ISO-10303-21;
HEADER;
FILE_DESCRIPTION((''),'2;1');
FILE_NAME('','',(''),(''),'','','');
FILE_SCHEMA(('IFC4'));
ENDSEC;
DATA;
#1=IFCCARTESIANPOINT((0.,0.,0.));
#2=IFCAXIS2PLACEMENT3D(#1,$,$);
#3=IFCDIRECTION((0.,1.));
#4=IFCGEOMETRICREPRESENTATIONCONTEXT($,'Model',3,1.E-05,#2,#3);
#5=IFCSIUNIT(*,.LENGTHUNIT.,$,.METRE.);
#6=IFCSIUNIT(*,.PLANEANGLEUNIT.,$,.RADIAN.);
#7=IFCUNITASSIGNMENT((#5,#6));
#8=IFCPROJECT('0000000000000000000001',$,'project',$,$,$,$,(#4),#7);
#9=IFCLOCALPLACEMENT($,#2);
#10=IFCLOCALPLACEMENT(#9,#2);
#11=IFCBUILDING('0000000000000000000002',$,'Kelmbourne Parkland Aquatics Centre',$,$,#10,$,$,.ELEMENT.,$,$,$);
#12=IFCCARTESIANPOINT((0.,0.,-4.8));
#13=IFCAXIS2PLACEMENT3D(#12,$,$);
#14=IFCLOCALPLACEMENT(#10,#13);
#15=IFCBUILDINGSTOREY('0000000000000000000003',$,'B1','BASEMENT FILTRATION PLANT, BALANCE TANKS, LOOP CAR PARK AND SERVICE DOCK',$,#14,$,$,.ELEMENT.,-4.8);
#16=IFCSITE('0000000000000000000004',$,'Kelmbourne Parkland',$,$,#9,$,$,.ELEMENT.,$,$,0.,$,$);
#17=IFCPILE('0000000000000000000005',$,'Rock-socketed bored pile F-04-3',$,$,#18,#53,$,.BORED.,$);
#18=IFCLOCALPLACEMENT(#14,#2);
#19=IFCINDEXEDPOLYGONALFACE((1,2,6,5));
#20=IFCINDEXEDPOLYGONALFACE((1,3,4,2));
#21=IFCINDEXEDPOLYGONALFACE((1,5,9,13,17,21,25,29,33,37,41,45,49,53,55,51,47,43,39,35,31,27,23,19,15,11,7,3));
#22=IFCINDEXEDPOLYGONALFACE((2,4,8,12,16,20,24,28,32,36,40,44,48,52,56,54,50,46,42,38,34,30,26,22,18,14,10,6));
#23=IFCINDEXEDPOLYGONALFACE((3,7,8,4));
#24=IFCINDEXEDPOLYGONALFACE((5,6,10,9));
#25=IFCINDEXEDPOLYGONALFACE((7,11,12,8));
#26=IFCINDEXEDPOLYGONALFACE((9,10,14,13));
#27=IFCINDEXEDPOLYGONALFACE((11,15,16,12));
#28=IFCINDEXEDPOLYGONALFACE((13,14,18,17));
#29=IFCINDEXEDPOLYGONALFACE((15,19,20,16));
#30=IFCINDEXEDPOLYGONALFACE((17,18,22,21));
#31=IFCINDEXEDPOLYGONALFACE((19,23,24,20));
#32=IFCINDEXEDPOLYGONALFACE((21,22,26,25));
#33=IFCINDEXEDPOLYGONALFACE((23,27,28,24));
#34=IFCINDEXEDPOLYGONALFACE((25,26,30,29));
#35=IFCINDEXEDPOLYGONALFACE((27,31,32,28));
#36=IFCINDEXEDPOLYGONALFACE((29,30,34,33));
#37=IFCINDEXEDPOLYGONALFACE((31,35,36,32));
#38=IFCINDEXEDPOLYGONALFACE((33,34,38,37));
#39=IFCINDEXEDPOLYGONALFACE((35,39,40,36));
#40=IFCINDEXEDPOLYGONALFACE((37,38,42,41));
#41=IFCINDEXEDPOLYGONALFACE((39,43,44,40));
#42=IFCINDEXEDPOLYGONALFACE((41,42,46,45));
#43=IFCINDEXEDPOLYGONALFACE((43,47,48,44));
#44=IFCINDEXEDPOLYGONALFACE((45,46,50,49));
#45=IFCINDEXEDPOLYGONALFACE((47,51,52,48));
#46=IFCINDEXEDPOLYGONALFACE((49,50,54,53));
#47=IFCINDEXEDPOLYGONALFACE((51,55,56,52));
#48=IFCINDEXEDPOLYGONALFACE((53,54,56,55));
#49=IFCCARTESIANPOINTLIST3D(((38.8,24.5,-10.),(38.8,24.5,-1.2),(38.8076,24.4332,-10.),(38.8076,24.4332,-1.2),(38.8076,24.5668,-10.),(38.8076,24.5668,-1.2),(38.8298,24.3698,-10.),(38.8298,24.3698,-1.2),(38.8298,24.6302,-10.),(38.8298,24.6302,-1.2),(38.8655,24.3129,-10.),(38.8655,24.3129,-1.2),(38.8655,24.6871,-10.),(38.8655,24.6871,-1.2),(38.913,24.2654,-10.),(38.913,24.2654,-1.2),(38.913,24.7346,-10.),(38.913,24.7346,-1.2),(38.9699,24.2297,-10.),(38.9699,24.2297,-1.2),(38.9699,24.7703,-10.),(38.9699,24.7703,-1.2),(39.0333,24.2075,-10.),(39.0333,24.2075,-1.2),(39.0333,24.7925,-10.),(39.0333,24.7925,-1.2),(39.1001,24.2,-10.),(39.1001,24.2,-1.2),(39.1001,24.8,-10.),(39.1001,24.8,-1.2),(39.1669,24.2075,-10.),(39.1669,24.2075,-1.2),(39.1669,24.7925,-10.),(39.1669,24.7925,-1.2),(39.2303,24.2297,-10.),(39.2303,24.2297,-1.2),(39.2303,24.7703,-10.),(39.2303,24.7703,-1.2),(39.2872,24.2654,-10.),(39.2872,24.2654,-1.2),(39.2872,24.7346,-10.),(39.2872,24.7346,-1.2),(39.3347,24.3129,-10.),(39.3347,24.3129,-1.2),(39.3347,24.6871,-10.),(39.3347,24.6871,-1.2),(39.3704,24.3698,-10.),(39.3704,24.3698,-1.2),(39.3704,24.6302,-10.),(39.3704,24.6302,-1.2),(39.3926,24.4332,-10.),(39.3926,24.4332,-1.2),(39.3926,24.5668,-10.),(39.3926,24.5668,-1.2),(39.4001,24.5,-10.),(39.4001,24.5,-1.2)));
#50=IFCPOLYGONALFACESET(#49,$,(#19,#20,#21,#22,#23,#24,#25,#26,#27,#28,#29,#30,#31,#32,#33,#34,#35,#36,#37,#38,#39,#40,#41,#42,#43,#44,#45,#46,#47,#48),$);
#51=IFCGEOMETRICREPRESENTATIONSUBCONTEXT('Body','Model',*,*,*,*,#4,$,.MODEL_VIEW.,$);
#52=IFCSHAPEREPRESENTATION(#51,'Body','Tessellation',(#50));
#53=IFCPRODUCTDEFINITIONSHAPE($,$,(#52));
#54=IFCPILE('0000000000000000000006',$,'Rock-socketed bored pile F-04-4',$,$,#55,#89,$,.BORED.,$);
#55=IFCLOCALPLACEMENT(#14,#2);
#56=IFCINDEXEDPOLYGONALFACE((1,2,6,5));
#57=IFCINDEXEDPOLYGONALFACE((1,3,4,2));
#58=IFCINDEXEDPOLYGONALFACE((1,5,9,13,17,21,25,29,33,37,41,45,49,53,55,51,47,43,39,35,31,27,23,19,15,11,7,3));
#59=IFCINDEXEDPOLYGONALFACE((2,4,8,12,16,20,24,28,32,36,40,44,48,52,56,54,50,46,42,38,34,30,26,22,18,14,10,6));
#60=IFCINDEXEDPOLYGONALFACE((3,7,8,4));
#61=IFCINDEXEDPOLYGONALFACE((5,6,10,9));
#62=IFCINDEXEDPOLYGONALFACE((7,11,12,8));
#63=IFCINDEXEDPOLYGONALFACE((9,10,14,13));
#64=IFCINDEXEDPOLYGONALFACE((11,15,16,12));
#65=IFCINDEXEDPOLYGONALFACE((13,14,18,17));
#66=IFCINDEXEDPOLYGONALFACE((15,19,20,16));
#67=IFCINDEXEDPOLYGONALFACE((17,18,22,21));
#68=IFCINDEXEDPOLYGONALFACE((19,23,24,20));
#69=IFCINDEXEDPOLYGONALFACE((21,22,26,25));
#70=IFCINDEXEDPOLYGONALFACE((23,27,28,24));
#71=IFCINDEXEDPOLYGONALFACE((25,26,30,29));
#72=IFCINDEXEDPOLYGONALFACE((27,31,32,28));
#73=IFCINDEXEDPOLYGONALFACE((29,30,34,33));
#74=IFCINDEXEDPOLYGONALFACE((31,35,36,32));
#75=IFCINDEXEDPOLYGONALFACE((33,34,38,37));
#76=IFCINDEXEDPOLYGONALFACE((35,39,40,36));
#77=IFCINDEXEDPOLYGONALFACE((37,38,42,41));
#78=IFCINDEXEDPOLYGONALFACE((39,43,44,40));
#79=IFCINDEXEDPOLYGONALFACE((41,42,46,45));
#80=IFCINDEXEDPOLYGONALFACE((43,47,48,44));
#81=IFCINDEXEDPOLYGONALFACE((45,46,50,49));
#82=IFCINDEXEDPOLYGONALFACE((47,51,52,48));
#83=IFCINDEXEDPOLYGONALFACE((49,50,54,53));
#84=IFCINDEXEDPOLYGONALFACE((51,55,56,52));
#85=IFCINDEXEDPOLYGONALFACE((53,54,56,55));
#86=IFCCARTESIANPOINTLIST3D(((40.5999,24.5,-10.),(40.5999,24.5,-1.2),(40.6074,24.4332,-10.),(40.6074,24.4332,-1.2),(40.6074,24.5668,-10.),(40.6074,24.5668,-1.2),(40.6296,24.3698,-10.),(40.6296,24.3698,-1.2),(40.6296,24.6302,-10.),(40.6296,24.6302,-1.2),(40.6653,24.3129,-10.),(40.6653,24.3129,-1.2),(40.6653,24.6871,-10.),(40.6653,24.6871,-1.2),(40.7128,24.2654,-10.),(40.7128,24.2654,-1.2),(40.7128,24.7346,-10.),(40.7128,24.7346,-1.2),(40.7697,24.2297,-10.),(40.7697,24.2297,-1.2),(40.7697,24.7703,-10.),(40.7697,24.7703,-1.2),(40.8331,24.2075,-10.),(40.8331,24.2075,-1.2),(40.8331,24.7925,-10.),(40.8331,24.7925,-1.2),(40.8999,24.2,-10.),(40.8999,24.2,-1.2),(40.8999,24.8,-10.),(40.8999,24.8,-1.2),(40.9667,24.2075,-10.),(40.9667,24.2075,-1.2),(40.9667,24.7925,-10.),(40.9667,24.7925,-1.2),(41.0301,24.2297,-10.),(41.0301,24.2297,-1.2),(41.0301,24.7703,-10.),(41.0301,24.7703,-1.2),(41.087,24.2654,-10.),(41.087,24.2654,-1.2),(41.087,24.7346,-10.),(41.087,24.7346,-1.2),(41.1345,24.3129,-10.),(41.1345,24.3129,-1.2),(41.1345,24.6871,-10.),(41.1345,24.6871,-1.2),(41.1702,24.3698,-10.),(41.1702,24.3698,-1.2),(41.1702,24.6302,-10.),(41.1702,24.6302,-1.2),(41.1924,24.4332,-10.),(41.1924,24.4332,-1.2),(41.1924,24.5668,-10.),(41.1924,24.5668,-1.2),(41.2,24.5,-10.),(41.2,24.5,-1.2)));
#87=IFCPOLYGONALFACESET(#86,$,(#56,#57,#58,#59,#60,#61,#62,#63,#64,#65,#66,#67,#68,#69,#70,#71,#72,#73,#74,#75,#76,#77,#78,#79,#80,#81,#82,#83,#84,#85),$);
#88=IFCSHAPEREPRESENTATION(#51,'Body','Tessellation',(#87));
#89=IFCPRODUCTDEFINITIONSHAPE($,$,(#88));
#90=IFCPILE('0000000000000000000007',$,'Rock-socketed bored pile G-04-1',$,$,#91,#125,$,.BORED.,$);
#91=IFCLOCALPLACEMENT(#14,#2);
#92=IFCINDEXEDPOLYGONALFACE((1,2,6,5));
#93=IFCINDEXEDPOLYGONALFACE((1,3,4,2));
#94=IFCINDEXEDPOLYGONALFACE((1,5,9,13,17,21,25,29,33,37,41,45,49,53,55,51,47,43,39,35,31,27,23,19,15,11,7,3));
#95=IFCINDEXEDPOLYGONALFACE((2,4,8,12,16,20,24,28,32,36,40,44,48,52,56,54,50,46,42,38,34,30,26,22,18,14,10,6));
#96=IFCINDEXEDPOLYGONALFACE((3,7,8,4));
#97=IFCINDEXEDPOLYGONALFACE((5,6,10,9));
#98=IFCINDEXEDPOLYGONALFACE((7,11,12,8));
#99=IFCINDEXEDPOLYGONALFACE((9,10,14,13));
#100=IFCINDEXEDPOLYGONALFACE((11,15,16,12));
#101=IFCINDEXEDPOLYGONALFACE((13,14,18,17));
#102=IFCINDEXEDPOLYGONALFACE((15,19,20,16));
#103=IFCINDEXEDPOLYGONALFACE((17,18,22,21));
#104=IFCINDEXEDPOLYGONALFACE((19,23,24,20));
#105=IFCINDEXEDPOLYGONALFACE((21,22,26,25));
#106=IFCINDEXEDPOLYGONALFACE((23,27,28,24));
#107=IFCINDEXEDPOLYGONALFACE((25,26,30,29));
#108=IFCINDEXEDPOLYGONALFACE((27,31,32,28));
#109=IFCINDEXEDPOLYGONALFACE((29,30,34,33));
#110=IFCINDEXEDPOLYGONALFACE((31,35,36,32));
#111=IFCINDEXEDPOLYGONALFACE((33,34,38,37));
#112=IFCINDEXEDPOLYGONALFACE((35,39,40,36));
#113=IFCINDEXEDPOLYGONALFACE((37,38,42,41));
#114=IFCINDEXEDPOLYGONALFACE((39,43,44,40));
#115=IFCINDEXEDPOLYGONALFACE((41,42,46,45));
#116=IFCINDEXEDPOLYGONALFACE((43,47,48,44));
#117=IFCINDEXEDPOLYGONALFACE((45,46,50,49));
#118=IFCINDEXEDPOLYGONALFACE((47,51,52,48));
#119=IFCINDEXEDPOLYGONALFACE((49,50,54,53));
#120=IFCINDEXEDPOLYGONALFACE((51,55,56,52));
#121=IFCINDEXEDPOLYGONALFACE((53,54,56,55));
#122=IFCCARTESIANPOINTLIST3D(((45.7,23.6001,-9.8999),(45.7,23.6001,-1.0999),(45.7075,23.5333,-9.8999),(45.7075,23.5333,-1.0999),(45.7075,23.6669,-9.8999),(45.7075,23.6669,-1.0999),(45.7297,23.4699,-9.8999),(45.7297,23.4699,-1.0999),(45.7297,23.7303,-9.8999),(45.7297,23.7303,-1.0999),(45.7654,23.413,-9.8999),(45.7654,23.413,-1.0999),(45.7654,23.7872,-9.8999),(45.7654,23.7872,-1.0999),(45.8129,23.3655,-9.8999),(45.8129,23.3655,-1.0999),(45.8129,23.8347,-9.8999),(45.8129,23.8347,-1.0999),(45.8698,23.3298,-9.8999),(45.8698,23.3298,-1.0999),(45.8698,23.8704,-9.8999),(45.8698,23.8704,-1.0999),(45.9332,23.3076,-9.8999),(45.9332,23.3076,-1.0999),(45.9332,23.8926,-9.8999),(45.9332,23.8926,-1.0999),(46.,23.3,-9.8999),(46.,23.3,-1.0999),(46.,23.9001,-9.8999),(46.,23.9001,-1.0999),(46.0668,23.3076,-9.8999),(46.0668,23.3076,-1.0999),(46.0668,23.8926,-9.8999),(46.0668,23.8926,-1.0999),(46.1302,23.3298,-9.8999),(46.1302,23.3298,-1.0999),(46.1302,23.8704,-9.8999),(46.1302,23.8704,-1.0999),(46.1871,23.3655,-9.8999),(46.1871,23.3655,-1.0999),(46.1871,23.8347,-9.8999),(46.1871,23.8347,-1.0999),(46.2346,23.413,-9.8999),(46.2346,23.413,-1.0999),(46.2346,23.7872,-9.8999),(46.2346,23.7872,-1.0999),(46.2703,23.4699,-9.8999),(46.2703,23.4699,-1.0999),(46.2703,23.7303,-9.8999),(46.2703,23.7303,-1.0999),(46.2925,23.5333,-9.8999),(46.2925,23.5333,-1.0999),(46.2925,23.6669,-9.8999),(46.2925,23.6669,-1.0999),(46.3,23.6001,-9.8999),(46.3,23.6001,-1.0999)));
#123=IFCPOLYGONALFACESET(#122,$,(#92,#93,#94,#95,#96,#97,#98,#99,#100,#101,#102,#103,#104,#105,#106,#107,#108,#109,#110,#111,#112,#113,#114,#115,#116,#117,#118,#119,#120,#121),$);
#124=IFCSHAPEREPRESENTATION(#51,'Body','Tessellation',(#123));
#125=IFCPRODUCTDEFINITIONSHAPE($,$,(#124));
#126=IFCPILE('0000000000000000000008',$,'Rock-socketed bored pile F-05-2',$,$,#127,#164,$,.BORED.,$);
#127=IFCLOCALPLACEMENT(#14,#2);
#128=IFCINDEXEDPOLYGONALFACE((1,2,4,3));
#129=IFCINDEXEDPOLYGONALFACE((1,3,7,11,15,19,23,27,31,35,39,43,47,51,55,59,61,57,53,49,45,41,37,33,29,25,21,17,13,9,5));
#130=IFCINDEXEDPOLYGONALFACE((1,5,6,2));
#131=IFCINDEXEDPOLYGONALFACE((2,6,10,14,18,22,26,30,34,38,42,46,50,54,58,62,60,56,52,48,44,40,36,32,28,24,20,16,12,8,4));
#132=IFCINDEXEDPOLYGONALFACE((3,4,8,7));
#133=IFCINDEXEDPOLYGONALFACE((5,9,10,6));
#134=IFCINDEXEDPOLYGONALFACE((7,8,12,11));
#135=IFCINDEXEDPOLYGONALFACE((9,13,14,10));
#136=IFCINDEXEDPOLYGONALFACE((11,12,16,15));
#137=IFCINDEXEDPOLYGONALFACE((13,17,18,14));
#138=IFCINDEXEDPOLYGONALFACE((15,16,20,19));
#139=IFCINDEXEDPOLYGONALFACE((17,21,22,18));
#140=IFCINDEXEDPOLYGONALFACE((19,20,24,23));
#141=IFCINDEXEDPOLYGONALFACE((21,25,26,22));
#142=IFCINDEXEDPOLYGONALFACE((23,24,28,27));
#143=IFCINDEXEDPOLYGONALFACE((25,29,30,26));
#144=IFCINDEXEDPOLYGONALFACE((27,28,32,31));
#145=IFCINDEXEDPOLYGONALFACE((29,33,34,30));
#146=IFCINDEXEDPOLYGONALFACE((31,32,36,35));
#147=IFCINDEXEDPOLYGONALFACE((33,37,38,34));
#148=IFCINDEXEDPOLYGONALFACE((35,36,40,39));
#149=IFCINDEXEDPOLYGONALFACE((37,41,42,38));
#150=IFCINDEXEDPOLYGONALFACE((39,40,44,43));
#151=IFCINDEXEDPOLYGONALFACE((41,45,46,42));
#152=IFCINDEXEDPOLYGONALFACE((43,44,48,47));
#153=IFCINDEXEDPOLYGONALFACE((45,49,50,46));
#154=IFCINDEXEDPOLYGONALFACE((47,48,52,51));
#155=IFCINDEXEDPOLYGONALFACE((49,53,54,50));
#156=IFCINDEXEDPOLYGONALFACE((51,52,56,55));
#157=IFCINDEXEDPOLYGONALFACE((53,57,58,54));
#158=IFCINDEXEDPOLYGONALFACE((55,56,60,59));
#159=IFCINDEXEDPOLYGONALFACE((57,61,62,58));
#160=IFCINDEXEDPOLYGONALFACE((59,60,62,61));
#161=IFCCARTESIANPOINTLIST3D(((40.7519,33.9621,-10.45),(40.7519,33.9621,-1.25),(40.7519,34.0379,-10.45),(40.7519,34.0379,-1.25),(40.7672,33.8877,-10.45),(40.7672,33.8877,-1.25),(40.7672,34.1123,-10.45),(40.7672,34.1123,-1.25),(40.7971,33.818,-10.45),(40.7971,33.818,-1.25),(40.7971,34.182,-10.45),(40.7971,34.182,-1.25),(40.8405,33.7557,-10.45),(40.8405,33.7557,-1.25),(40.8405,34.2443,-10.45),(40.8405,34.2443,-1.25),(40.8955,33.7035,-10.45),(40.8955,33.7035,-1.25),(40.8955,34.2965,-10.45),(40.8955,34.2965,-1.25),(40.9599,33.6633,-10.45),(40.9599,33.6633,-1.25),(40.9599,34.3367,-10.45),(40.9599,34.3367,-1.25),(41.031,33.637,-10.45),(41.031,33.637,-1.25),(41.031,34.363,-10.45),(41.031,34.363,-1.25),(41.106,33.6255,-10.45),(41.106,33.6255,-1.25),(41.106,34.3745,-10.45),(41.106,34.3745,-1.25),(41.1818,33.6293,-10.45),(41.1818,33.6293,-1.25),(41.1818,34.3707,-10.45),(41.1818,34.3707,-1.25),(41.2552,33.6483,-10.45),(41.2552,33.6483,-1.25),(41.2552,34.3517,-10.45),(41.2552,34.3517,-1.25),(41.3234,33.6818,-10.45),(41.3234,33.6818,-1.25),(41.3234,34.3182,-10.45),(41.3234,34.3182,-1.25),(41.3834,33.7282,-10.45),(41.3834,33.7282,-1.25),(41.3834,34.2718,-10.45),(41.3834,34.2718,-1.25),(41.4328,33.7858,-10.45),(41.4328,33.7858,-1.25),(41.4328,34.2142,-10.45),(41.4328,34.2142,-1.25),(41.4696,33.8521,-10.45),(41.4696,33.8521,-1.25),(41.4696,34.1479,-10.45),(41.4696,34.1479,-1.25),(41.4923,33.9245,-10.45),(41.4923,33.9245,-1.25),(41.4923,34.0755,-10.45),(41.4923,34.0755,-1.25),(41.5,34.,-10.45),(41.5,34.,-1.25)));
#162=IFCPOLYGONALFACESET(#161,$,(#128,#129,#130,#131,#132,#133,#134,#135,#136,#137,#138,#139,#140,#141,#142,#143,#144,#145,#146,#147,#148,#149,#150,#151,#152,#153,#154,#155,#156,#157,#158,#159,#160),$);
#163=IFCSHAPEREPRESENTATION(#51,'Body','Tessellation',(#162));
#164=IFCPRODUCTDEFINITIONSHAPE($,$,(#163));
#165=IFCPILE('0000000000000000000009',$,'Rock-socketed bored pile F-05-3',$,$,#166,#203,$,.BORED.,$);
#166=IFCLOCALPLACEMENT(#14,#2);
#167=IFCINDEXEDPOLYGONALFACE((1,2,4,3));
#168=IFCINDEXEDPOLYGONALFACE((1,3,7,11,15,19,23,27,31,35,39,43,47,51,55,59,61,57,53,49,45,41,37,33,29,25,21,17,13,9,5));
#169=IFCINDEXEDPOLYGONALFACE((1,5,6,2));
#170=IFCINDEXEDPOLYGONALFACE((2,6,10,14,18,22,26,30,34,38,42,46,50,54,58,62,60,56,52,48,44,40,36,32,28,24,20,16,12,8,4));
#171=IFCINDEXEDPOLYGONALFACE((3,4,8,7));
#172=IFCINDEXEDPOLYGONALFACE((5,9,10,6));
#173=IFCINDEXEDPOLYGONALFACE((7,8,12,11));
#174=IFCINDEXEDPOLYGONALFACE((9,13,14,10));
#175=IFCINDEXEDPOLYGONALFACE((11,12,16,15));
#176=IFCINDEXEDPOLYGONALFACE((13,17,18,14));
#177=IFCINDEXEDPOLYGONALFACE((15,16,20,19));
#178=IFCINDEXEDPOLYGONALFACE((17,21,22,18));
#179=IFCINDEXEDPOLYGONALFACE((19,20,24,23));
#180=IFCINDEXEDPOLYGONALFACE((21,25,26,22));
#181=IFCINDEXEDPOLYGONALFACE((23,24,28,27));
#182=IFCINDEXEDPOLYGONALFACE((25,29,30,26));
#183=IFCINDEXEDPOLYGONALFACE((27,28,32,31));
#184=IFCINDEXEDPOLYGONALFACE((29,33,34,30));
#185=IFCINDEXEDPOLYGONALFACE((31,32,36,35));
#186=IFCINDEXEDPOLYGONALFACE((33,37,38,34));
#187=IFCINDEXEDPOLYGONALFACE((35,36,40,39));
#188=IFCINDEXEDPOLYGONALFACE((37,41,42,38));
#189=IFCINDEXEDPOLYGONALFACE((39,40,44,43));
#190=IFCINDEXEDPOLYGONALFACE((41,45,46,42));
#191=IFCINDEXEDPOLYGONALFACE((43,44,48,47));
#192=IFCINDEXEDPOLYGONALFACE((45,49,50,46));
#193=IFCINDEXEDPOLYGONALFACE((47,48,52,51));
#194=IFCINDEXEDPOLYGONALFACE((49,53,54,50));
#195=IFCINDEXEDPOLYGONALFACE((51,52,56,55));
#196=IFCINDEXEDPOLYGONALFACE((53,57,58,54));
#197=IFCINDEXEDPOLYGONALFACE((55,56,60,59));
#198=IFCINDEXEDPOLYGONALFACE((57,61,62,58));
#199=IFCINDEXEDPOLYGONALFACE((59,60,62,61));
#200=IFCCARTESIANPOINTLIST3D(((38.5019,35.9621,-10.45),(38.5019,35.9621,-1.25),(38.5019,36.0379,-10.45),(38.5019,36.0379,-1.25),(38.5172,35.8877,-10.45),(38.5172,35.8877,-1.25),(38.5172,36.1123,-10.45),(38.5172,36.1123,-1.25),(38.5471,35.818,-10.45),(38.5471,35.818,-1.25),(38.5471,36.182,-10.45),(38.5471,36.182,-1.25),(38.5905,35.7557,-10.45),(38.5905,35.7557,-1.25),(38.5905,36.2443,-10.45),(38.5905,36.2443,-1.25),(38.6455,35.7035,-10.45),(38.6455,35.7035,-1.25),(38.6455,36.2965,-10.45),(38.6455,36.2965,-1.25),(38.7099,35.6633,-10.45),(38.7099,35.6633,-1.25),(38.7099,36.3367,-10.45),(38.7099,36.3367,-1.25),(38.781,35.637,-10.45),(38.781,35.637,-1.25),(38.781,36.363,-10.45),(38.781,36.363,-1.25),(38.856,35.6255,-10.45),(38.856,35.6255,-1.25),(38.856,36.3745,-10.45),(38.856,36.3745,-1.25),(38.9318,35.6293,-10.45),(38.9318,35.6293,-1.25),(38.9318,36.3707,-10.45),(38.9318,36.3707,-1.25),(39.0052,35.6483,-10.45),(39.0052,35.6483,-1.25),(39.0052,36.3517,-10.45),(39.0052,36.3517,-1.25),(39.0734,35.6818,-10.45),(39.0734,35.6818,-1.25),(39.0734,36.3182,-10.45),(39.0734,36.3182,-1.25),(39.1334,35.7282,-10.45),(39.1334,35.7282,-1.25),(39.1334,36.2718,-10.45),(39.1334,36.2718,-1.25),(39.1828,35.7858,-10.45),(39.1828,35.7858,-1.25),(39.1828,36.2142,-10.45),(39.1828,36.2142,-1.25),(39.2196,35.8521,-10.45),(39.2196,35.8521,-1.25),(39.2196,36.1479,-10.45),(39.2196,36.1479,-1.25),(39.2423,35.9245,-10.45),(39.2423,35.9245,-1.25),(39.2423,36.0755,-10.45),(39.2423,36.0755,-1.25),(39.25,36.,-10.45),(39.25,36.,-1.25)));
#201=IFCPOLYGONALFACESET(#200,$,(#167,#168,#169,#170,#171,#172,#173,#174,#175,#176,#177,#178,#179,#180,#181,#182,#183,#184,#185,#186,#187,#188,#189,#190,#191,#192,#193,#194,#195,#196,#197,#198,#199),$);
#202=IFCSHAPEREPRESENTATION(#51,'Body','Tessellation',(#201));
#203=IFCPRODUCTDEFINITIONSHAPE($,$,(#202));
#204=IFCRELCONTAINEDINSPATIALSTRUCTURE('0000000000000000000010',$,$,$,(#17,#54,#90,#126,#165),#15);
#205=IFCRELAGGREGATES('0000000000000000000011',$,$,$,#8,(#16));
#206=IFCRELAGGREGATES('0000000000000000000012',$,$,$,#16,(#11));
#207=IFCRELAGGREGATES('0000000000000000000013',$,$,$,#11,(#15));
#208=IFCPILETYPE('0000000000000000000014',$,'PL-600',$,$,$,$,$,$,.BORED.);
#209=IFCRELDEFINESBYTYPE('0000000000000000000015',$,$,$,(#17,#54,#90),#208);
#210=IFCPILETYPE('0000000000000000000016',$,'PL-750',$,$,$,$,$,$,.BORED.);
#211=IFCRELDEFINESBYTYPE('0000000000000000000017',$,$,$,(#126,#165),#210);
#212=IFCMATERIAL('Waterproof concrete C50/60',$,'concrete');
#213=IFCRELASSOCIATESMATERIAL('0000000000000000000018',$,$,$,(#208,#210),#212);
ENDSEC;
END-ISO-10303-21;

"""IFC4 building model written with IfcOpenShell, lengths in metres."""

from ifc_helpers import new_model, si_unit, direction, frame, origin, origin_2d, place, context, subcontext, project, spatial, circle, extrude, material, material_profile, profile_set, type_object, element, save


model = new_model("IFC4")

# Units and contexts
model_context = context("Model", 3, precision=1e-05, world=origin(), true_north=direction((0.0, 1.0)))
body_context = subcontext(model_context, "Body", "Model", "MODEL_VIEW")
ifc_project = project(units=[si_unit("LENGTHUNIT", "METRE"), si_unit("PLANEANGLEUNIT", "RADIAN")], contexts=[model_context])

# Site, building, storey
site_placement = place(None, origin())
site = spatial("IfcSite", under=ifc_project, at=site_placement, Name="Kelmbourne Parkland", CompositionType="ELEMENT", RefElevation=0.0)
building_placement = place(site_placement, origin())
building = spatial("IfcBuilding", under=site, at=building_placement, Name="Kelmbourne Parkland Aquatics Centre", CompositionType="ELEMENT")
storey_placement = place(building_placement, frame((0.0, 0.0, -4.8)))
storey = spatial("IfcBuildingStorey", under=building, at=storey_placement, Name="B1", Description="BASEMENT FILTRATION PLANT, BALANCE TANKS, LOOP CAR PARK AND SERVICE DOCK", CompositionType="ELEMENT", Elevation=-4.8)

# Shared definitions
ifc_material_1 = material(Name="Waterproof concrete C50/60", Category="concrete")

# Piles
ifc_material_profile_1 = material_profile(ifc_material_1, circle(Radius=0.3, at=origin_2d()), Name="PILE D600")
ifc_profile_set_1 = profile_set([ifc_material_profile_1], Name="Waterproof concrete C50/60")
pile_type_1 = type_object("IfcPileType", Name="PL-600", PredefinedType="BORED", material=ifc_profile_set_1)
for number, where, z_axis, x_axis, name in (
    (1, (39.1001, 24.5, -1.2), (0.0, 0.0, -1.0), (1.0, 0.0, 0.0), "Rock-socketed bored pile F-04-3"),
    (2, (40.8999, 24.5, -1.2), (0.0, 0.0, -1.0), (1.0, 0.0, 0.0), "Rock-socketed bored pile F-04-4"),
    (3, (46.0, 23.6001, -1.0999), (0.0, 0.0, -1.0), (1.0, 0.0, 0.0), "Rock-socketed bored pile G-04-1"),
):
    element("IfcPile", number, at=place(storey_placement, frame(where, z_axis=z_axis, x_axis=x_axis)), inside=storey, type_object=pile_type_1, Name=name, PredefinedType="BORED", context=body_context, shape_type="SweptSolid", body=[
        extrude(circle(Radius=0.3, at=origin_2d()), origin(), (0.0, 0.0, 1.0), 8.8),
    ])
ifc_material_profile_2 = material_profile(ifc_material_1, circle(Radius=0.375, at=origin_2d()), Name="PILE D750")
ifc_profile_set_2 = profile_set([ifc_material_profile_2], Name="Waterproof concrete C50/60")
pile_type_2 = type_object("IfcPileType", Name="PL-750", PredefinedType="BORED", material=ifc_profile_set_2)
for number, where, z_axis, x_axis, name in (
    (4, (41.125, 34.0, -1.25), (0.0, 0.0, -1.0), (1.0, 0.0, 0.0), "Rock-socketed bored pile F-05-2"),
    (5, (38.875, 36.0, -1.25), (0.0, 0.0, -1.0), (1.0, 0.0, 0.0), "Rock-socketed bored pile F-05-3"),
):
    element("IfcPile", number, at=place(storey_placement, frame(where, z_axis=z_axis, x_axis=x_axis)), inside=storey, type_object=pile_type_2, Name=name, PredefinedType="BORED", context=body_context, shape_type="SweptSolid", body=[
        extrude(circle(Radius=0.375, at=origin_2d()), origin(), (0.0, 0.0, 1.0), 9.2),
    ])

save(model, "model.ifc")
